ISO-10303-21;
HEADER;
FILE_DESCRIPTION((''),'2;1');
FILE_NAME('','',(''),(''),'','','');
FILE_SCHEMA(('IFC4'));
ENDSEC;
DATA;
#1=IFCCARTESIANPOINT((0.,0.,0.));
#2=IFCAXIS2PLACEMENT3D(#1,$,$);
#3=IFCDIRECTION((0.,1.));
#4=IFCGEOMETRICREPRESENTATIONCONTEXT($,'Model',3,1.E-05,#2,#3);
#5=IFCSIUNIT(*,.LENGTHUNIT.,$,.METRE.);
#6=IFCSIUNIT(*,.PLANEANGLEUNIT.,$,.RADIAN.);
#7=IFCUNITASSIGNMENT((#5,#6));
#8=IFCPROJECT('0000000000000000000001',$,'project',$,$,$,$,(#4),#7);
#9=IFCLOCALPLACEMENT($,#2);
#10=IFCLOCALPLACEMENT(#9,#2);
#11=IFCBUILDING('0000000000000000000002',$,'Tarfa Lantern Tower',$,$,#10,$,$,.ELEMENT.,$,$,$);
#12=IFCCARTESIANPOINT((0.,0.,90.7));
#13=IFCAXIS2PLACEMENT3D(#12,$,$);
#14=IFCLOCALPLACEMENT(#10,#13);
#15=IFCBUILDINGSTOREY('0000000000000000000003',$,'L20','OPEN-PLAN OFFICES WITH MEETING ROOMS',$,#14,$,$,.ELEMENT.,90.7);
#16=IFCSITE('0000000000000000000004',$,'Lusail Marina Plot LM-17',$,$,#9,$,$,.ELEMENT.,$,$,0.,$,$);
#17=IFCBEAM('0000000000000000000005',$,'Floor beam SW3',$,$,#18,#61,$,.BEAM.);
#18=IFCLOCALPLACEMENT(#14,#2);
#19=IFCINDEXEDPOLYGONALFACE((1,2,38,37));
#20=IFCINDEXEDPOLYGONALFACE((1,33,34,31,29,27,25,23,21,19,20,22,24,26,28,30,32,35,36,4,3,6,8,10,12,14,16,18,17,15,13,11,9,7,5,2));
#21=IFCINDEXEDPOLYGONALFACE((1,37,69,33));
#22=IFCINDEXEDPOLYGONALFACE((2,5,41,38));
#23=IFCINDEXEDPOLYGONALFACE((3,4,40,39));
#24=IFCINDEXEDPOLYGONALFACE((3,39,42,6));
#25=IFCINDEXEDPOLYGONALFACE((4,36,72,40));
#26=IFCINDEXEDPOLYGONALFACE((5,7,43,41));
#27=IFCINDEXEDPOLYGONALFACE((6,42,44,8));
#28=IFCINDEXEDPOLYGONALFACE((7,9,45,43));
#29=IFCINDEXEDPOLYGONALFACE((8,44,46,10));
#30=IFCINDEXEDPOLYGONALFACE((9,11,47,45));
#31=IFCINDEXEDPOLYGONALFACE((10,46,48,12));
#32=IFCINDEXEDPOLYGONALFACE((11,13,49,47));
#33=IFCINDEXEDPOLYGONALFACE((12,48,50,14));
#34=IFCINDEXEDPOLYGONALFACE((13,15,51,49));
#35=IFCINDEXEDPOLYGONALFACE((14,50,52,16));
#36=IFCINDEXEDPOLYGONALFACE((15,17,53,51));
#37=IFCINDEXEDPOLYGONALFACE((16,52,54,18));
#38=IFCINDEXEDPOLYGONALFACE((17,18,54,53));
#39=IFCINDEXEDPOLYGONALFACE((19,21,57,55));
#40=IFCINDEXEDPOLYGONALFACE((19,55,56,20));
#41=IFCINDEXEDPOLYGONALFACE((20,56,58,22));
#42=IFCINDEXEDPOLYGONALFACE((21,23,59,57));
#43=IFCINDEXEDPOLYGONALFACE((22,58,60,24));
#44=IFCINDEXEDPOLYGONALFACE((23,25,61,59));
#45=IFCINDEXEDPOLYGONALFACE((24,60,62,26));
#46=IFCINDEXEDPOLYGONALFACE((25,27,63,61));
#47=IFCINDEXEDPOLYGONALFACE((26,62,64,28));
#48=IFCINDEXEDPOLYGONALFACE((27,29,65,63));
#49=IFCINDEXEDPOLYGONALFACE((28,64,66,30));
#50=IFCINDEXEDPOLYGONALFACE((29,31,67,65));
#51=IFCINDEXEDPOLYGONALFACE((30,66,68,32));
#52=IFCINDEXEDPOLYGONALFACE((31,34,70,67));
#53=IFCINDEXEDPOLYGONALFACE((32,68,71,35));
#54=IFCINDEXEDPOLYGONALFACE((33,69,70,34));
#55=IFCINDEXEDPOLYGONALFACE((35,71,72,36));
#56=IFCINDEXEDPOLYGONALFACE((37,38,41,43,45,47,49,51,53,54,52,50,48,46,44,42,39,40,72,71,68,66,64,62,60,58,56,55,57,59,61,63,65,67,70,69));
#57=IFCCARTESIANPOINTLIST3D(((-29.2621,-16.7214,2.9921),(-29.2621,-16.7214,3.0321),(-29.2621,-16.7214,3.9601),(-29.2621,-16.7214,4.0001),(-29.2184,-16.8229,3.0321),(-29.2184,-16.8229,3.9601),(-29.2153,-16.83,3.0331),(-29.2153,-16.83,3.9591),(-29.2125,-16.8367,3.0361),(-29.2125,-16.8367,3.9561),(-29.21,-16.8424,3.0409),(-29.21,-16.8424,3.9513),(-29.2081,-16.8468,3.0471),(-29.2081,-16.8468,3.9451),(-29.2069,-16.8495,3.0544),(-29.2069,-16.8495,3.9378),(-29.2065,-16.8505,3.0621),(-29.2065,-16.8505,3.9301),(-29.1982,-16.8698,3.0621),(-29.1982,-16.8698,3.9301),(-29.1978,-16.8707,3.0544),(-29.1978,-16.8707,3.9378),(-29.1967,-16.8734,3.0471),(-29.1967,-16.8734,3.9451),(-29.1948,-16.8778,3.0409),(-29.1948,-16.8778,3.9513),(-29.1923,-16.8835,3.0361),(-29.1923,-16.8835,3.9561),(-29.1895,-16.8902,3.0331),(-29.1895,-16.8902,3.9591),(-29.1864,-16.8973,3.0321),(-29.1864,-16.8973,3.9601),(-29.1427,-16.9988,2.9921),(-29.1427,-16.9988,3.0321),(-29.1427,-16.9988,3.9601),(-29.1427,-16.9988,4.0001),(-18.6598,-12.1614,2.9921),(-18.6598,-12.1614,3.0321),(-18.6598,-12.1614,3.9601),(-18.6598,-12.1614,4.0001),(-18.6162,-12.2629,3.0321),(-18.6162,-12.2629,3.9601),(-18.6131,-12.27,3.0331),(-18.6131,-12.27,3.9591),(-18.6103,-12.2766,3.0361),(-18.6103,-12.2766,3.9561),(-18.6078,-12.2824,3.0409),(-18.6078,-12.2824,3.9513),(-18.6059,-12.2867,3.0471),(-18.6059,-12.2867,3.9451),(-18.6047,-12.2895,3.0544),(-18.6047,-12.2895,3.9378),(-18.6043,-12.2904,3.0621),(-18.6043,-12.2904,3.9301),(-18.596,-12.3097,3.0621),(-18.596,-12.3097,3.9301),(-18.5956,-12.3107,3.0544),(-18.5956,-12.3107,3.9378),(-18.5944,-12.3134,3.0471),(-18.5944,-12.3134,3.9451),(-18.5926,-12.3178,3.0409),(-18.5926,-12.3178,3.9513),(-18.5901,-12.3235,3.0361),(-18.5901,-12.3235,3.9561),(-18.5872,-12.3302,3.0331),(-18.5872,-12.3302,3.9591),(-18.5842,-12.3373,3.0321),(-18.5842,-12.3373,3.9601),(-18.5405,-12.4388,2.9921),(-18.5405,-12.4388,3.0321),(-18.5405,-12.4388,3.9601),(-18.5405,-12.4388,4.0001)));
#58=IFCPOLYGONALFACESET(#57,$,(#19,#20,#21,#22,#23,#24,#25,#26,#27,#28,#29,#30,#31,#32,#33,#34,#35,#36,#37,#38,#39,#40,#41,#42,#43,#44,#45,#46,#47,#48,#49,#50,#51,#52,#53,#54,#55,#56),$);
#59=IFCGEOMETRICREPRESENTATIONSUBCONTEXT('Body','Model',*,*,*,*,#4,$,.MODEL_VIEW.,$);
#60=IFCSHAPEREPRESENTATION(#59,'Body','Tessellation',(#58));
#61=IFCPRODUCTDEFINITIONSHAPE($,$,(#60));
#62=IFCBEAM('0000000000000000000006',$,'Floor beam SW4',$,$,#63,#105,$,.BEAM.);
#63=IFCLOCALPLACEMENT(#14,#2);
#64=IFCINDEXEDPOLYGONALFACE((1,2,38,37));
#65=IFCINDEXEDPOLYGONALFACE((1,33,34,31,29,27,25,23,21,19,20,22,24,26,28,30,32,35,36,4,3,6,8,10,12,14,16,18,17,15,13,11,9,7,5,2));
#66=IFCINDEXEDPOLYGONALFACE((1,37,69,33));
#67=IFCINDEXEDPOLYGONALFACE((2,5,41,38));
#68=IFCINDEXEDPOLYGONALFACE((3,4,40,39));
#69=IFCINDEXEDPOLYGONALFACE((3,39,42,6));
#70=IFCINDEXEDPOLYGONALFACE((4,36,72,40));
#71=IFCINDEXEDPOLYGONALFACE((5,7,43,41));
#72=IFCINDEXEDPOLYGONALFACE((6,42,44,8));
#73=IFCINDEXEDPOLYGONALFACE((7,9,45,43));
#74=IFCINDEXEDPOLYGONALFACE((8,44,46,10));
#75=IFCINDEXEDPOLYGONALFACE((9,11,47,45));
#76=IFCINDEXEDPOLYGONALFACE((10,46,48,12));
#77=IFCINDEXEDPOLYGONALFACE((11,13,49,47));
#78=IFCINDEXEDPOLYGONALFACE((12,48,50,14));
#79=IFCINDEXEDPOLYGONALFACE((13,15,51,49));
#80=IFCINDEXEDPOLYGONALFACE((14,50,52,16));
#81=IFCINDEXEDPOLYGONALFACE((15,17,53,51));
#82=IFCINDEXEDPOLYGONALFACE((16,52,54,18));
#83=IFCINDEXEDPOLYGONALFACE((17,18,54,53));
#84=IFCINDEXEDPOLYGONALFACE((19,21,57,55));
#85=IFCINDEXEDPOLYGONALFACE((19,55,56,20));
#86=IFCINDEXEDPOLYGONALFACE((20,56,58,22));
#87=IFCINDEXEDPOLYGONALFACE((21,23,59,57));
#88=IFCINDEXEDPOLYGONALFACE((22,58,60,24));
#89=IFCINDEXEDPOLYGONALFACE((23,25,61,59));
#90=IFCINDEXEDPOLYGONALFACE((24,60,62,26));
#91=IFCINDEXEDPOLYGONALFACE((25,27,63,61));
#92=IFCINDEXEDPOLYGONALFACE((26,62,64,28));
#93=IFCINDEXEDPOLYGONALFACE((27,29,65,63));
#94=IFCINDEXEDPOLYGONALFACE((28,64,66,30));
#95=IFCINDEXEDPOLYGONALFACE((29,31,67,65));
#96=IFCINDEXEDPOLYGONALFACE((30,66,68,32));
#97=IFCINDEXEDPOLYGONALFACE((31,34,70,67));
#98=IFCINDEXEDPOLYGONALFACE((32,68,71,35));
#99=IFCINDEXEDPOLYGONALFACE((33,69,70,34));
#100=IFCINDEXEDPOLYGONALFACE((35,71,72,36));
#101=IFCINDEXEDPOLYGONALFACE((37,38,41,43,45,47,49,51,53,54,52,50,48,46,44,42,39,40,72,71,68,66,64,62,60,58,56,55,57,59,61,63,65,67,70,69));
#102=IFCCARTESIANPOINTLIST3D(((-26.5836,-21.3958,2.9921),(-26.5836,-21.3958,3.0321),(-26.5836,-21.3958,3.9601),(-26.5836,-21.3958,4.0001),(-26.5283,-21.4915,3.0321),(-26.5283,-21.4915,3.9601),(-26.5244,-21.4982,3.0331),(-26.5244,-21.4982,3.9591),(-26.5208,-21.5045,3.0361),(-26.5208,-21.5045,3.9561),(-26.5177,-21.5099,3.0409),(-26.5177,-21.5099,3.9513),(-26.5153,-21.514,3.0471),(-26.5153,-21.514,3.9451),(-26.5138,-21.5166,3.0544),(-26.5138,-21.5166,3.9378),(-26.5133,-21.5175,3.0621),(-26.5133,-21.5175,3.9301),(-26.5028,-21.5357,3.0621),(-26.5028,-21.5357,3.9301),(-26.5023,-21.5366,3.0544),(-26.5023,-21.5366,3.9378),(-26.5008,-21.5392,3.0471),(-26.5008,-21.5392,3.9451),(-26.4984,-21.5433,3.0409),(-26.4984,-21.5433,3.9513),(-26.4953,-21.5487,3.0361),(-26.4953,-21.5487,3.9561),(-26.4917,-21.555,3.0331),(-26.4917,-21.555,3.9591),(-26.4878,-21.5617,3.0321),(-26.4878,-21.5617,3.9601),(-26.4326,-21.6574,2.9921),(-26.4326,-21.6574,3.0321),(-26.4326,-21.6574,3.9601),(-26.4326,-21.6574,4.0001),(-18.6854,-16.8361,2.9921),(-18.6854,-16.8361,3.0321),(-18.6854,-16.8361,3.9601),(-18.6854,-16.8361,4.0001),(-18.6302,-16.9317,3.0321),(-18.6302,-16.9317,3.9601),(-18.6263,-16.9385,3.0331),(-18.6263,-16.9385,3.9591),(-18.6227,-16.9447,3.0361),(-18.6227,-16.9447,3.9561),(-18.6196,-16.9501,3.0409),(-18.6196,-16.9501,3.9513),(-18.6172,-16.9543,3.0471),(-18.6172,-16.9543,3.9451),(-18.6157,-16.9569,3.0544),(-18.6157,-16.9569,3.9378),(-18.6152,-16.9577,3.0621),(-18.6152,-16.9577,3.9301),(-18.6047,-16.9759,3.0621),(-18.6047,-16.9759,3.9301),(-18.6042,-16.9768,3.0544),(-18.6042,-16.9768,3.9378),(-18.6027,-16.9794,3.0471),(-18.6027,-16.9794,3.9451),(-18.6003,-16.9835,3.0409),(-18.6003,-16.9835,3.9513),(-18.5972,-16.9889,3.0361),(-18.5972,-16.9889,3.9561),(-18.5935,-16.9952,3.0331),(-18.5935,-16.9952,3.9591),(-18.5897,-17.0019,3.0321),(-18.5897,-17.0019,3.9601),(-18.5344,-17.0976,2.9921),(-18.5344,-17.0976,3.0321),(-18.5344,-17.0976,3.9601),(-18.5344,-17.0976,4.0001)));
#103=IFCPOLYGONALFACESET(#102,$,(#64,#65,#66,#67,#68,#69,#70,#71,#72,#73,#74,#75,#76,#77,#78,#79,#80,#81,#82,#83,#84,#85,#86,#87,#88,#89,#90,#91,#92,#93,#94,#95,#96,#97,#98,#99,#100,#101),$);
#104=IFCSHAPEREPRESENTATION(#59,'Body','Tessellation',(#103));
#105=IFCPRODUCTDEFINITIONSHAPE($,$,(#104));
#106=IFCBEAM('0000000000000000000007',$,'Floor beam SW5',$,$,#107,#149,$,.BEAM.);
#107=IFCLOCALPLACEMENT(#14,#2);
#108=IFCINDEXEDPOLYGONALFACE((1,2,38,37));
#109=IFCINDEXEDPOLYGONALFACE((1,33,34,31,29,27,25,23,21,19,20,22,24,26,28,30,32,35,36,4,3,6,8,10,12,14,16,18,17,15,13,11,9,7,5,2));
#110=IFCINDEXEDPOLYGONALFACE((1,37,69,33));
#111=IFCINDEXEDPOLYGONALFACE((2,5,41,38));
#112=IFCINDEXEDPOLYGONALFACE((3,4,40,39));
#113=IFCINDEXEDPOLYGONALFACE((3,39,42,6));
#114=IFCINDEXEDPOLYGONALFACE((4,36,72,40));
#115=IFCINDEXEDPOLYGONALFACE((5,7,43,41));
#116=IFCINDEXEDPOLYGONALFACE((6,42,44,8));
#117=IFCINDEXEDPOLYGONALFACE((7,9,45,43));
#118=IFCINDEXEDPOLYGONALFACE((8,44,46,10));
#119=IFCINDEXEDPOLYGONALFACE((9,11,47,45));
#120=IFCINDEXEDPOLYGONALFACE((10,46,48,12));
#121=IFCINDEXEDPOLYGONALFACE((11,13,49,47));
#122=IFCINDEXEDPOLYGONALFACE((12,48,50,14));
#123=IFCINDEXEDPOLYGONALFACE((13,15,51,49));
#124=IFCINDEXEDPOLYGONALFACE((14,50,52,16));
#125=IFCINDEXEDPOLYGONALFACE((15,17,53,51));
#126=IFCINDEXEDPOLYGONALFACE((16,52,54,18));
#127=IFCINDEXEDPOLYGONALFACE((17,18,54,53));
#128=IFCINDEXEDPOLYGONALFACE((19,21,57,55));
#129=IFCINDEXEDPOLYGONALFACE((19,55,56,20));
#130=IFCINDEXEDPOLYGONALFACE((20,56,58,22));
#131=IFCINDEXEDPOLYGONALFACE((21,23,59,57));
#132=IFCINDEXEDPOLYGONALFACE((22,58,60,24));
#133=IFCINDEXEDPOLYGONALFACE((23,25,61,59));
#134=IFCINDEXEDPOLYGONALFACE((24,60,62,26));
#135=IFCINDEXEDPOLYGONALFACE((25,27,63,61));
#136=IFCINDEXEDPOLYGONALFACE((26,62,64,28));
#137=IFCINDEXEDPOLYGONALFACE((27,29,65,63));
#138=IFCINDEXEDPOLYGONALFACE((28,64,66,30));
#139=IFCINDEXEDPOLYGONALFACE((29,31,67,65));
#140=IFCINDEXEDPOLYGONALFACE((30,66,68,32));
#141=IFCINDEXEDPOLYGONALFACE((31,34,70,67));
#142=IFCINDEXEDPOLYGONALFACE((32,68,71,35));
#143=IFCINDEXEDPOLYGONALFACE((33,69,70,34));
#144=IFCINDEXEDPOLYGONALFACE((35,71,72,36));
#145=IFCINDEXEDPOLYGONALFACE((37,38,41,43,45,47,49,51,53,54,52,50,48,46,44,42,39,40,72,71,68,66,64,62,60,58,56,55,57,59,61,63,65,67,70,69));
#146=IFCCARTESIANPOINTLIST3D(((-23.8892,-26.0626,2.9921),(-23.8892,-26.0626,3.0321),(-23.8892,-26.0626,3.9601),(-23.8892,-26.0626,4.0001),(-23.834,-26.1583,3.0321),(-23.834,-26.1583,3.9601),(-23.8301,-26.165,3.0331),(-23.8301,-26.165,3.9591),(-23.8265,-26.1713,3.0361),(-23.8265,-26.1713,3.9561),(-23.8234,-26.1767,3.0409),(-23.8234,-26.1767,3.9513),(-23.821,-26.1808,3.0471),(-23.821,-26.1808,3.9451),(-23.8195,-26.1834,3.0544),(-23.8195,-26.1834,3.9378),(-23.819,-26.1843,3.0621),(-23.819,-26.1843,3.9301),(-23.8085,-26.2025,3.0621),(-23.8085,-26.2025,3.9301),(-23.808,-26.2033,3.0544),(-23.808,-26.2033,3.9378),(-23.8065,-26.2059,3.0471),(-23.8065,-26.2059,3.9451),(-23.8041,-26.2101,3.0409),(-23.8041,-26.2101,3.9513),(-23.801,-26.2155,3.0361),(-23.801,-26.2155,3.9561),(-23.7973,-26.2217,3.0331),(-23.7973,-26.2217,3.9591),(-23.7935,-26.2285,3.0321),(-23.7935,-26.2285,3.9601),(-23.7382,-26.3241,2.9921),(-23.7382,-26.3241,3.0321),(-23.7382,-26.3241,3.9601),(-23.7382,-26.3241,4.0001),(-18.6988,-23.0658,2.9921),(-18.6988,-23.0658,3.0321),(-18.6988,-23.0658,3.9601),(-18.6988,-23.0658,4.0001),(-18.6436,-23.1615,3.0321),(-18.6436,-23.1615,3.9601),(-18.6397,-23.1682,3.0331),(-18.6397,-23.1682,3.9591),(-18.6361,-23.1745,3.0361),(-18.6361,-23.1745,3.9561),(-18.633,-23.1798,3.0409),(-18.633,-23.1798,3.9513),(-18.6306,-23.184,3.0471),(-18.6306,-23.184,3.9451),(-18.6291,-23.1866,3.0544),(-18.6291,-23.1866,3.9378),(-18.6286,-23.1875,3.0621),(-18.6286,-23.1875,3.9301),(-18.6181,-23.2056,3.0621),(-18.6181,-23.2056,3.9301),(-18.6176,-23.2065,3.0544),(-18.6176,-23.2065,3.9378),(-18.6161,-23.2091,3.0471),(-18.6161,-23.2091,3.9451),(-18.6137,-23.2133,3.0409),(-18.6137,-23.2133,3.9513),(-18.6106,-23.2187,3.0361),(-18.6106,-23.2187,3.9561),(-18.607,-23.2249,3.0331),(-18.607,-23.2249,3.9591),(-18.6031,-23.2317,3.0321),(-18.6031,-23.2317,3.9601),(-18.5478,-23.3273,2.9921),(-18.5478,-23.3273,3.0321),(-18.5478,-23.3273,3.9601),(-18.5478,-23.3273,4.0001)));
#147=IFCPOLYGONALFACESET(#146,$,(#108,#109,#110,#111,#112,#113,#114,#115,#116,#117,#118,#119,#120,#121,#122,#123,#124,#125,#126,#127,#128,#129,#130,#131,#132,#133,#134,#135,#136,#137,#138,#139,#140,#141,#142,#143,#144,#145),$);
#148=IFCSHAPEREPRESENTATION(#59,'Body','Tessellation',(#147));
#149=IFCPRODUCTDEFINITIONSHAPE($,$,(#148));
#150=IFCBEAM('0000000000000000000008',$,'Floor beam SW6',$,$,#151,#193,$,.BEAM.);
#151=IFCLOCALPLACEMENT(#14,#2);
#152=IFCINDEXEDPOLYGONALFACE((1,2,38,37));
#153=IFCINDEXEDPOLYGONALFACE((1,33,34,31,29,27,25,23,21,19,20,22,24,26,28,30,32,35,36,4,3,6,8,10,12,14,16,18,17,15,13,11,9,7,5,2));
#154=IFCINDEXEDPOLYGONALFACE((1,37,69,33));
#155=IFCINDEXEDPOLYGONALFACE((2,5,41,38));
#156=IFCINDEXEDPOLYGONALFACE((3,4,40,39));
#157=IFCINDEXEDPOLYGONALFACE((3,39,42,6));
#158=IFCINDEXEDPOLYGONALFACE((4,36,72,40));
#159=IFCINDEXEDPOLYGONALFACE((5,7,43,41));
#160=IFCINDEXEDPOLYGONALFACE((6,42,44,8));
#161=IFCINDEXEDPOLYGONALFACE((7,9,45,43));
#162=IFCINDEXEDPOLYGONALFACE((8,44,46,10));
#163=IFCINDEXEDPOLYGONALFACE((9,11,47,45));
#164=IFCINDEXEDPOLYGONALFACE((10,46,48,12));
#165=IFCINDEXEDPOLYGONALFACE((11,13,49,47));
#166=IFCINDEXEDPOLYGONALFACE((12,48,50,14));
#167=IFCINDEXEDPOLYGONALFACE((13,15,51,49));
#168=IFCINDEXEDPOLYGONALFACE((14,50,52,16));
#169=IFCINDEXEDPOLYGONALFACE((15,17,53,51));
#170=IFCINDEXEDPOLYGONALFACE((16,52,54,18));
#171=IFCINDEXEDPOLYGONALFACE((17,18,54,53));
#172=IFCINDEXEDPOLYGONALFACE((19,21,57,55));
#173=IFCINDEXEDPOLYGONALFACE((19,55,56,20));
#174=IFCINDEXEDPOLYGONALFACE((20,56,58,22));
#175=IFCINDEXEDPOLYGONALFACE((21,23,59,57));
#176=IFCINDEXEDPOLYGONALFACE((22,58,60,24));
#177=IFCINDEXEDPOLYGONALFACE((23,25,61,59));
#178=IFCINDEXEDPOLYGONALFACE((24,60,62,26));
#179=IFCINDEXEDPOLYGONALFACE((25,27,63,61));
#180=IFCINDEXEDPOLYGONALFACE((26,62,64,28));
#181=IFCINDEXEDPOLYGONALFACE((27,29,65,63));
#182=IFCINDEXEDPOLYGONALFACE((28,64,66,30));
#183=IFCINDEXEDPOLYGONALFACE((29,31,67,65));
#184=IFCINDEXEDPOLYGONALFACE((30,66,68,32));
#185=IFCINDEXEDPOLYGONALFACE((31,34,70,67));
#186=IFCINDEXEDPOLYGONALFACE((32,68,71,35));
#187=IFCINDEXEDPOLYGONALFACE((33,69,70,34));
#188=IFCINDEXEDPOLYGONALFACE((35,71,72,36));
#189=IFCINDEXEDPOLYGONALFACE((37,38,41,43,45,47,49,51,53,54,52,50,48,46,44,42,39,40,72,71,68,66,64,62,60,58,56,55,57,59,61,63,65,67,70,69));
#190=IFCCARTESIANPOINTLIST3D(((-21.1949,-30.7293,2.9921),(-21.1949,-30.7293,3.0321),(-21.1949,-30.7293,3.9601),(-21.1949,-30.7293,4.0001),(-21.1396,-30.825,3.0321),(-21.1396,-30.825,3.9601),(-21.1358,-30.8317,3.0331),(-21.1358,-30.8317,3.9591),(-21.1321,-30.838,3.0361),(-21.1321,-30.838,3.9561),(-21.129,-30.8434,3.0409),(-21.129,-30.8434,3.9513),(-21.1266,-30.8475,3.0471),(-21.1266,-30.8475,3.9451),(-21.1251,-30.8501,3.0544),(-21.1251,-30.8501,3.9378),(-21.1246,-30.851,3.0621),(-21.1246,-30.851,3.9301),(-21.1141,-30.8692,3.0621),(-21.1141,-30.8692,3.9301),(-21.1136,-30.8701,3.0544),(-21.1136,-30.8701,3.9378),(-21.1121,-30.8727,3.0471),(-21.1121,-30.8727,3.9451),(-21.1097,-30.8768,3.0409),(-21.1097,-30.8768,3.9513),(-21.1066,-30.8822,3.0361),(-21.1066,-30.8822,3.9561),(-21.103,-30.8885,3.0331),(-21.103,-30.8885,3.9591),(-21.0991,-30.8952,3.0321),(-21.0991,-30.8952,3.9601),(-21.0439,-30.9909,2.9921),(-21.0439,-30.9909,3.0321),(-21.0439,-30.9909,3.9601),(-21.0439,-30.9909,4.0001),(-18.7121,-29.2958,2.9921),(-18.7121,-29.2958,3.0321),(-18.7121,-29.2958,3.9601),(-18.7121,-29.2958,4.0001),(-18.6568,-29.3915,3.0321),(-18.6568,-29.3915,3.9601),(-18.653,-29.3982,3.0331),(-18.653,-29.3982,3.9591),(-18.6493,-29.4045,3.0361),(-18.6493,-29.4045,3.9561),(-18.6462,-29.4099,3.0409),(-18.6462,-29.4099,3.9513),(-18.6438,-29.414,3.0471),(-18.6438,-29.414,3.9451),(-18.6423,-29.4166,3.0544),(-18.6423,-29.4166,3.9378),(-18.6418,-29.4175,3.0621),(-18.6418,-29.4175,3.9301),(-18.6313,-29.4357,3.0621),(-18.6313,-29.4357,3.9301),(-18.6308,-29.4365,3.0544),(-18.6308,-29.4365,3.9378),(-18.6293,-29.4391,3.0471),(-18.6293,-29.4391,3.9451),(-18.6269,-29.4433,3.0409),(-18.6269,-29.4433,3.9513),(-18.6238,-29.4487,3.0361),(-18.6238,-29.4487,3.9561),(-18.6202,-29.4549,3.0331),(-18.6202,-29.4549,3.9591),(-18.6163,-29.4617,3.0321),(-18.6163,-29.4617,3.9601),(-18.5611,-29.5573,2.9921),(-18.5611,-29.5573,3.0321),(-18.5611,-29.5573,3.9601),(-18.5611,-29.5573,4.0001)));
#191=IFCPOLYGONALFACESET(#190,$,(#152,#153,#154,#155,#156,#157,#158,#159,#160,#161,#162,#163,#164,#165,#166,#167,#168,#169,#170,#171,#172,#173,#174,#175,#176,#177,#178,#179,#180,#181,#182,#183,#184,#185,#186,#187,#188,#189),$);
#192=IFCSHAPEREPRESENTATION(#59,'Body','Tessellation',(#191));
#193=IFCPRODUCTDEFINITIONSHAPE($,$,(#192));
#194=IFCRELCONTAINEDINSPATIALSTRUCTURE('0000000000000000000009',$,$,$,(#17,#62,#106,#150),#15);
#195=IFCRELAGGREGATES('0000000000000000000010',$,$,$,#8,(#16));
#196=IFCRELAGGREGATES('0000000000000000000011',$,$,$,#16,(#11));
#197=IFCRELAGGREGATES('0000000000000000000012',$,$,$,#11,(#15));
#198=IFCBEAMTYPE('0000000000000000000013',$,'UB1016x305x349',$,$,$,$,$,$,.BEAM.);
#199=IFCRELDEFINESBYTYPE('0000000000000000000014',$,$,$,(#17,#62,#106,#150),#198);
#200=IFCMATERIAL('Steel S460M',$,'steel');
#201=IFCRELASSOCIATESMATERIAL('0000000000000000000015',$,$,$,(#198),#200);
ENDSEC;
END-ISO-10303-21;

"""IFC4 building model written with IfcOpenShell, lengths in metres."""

from ifc_helpers import new_model, si_unit, direction, frame, origin, origin_2d, place, context, subcontext, project, spatial, i_section, extrude, material, material_profile, profile_set, type_object, element, save


model = new_model("IFC4")

# Units and contexts
model_context = context("Model", 3, precision=1e-05, world=origin(), true_north=direction((0.0, 1.0)))
body_context = subcontext(model_context, "Body", "Model", "MODEL_VIEW")
ifc_project = project(units=[si_unit("LENGTHUNIT", "METRE"), si_unit("PLANEANGLEUNIT", "RADIAN")], contexts=[model_context])

# Site, building, storey
site_placement = place(None, origin())
site = spatial("IfcSite", under=ifc_project, at=site_placement, Name="Lusail Marina Plot LM-17", CompositionType="ELEMENT", RefElevation=0.0)
building_placement = place(site_placement, origin())
building = spatial("IfcBuilding", under=site, at=building_placement, Name="Tarfa Lantern Tower", CompositionType="ELEMENT")
storey_placement = place(building_placement, frame((0.0, 0.0, 90.7)))
storey = spatial("IfcBuildingStorey", under=building, at=storey_placement, Name="L20", Description="OPEN-PLAN OFFICES WITH MEETING ROOMS", CompositionType="ELEMENT", Elevation=90.7)

# Beams
ifc_material_1 = material(Name="Steel S460M", Category="steel")
ifc_material_profile_1 = material_profile(ifc_material_1, i_section(OverallWidth=0.302, OverallDepth=1.0081, WebThickness=0.021, FlangeThickness=0.04, FilletRadius=0.03, at=origin_2d()), Name="UB1016x305x349")
ifc_profile_set_1 = profile_set([ifc_material_profile_1], Name="Steel S460M")
beam_type_1 = type_object("IfcBeamType", Name="UB1016x305x349", PredefinedType="BEAM", material=ifc_profile_set_1)
beam_1_placement = place(storey_placement, frame((-29.2024, -16.8601, 3.4961), z_axis=(0.918635, 0.395106, 0.0), x_axis=(-0.395106, 0.918635, 0.0)))
element("IfcBeam", 1, at=beam_1_placement, inside=storey, type_object=beam_type_1, Name="Floor beam SW3", PredefinedType="BEAM", context=body_context, shape_type="SweptSolid", body=[
    extrude(i_section(OverallWidth=0.302, OverallDepth=1.0081, WebThickness=0.021, FlangeThickness=0.04, FilletRadius=0.03, at=origin_2d()), origin(), (0.0, 0.0, 1.0), 11.5413),
])
beam_2_placement = place(storey_placement, frame((-26.5081, -21.5266, 3.4961), z_axis=(0.866035, 0.499983, 0.0), x_axis=(-0.499983, 0.866035, 0.0)))
element("IfcBeam", 2, at=beam_2_placement, inside=storey, type_object=beam_type_1, Name="Floor beam SW4", PredefinedType="BEAM", context=body_context, shape_type="SweptSolid", body=[
    extrude(i_section(OverallWidth=0.302, OverallDepth=1.0081, WebThickness=0.021, FlangeThickness=0.04, FilletRadius=0.03, at=origin_2d()), origin(), (0.0, 0.0, 1.0), 9.1199),
])
beam_3_placement = place(storey_placement, frame((-23.8137, -26.1934, 3.4961), z_axis=(0.866016, 0.500016, 0.0), x_axis=(-0.500016, 0.866016, 0.0)))
element("IfcBeam", 3, at=beam_3_placement, inside=storey, type_object=beam_type_1, Name="Floor beam SW5", PredefinedType="BEAM", context=body_context, shape_type="SweptSolid", body=[
    extrude(i_section(OverallWidth=0.302, OverallDepth=1.0081, WebThickness=0.021, FlangeThickness=0.04, FilletRadius=0.03, at=origin_2d()), origin(), (0.0, 0.0, 1.0), 5.9934),
])
beam_4_placement = place(storey_placement, frame((-21.1194, -30.8601, 3.4961), z_axis=(0.866013, 0.500022, 0.0), x_axis=(-0.500022, 0.866013, 0.0)))
element("IfcBeam", 4, at=beam_4_placement, inside=storey, type_object=beam_type_1, Name="Floor beam SW6", PredefinedType="BEAM", context=body_context, shape_type="SweptSolid", body=[
    extrude(i_section(OverallWidth=0.302, OverallDepth=1.0081, WebThickness=0.021, FlangeThickness=0.04, FilletRadius=0.03, at=origin_2d()), origin(), (0.0, 0.0, 1.0), 2.8669),
])

save(model, "model.ifc")
